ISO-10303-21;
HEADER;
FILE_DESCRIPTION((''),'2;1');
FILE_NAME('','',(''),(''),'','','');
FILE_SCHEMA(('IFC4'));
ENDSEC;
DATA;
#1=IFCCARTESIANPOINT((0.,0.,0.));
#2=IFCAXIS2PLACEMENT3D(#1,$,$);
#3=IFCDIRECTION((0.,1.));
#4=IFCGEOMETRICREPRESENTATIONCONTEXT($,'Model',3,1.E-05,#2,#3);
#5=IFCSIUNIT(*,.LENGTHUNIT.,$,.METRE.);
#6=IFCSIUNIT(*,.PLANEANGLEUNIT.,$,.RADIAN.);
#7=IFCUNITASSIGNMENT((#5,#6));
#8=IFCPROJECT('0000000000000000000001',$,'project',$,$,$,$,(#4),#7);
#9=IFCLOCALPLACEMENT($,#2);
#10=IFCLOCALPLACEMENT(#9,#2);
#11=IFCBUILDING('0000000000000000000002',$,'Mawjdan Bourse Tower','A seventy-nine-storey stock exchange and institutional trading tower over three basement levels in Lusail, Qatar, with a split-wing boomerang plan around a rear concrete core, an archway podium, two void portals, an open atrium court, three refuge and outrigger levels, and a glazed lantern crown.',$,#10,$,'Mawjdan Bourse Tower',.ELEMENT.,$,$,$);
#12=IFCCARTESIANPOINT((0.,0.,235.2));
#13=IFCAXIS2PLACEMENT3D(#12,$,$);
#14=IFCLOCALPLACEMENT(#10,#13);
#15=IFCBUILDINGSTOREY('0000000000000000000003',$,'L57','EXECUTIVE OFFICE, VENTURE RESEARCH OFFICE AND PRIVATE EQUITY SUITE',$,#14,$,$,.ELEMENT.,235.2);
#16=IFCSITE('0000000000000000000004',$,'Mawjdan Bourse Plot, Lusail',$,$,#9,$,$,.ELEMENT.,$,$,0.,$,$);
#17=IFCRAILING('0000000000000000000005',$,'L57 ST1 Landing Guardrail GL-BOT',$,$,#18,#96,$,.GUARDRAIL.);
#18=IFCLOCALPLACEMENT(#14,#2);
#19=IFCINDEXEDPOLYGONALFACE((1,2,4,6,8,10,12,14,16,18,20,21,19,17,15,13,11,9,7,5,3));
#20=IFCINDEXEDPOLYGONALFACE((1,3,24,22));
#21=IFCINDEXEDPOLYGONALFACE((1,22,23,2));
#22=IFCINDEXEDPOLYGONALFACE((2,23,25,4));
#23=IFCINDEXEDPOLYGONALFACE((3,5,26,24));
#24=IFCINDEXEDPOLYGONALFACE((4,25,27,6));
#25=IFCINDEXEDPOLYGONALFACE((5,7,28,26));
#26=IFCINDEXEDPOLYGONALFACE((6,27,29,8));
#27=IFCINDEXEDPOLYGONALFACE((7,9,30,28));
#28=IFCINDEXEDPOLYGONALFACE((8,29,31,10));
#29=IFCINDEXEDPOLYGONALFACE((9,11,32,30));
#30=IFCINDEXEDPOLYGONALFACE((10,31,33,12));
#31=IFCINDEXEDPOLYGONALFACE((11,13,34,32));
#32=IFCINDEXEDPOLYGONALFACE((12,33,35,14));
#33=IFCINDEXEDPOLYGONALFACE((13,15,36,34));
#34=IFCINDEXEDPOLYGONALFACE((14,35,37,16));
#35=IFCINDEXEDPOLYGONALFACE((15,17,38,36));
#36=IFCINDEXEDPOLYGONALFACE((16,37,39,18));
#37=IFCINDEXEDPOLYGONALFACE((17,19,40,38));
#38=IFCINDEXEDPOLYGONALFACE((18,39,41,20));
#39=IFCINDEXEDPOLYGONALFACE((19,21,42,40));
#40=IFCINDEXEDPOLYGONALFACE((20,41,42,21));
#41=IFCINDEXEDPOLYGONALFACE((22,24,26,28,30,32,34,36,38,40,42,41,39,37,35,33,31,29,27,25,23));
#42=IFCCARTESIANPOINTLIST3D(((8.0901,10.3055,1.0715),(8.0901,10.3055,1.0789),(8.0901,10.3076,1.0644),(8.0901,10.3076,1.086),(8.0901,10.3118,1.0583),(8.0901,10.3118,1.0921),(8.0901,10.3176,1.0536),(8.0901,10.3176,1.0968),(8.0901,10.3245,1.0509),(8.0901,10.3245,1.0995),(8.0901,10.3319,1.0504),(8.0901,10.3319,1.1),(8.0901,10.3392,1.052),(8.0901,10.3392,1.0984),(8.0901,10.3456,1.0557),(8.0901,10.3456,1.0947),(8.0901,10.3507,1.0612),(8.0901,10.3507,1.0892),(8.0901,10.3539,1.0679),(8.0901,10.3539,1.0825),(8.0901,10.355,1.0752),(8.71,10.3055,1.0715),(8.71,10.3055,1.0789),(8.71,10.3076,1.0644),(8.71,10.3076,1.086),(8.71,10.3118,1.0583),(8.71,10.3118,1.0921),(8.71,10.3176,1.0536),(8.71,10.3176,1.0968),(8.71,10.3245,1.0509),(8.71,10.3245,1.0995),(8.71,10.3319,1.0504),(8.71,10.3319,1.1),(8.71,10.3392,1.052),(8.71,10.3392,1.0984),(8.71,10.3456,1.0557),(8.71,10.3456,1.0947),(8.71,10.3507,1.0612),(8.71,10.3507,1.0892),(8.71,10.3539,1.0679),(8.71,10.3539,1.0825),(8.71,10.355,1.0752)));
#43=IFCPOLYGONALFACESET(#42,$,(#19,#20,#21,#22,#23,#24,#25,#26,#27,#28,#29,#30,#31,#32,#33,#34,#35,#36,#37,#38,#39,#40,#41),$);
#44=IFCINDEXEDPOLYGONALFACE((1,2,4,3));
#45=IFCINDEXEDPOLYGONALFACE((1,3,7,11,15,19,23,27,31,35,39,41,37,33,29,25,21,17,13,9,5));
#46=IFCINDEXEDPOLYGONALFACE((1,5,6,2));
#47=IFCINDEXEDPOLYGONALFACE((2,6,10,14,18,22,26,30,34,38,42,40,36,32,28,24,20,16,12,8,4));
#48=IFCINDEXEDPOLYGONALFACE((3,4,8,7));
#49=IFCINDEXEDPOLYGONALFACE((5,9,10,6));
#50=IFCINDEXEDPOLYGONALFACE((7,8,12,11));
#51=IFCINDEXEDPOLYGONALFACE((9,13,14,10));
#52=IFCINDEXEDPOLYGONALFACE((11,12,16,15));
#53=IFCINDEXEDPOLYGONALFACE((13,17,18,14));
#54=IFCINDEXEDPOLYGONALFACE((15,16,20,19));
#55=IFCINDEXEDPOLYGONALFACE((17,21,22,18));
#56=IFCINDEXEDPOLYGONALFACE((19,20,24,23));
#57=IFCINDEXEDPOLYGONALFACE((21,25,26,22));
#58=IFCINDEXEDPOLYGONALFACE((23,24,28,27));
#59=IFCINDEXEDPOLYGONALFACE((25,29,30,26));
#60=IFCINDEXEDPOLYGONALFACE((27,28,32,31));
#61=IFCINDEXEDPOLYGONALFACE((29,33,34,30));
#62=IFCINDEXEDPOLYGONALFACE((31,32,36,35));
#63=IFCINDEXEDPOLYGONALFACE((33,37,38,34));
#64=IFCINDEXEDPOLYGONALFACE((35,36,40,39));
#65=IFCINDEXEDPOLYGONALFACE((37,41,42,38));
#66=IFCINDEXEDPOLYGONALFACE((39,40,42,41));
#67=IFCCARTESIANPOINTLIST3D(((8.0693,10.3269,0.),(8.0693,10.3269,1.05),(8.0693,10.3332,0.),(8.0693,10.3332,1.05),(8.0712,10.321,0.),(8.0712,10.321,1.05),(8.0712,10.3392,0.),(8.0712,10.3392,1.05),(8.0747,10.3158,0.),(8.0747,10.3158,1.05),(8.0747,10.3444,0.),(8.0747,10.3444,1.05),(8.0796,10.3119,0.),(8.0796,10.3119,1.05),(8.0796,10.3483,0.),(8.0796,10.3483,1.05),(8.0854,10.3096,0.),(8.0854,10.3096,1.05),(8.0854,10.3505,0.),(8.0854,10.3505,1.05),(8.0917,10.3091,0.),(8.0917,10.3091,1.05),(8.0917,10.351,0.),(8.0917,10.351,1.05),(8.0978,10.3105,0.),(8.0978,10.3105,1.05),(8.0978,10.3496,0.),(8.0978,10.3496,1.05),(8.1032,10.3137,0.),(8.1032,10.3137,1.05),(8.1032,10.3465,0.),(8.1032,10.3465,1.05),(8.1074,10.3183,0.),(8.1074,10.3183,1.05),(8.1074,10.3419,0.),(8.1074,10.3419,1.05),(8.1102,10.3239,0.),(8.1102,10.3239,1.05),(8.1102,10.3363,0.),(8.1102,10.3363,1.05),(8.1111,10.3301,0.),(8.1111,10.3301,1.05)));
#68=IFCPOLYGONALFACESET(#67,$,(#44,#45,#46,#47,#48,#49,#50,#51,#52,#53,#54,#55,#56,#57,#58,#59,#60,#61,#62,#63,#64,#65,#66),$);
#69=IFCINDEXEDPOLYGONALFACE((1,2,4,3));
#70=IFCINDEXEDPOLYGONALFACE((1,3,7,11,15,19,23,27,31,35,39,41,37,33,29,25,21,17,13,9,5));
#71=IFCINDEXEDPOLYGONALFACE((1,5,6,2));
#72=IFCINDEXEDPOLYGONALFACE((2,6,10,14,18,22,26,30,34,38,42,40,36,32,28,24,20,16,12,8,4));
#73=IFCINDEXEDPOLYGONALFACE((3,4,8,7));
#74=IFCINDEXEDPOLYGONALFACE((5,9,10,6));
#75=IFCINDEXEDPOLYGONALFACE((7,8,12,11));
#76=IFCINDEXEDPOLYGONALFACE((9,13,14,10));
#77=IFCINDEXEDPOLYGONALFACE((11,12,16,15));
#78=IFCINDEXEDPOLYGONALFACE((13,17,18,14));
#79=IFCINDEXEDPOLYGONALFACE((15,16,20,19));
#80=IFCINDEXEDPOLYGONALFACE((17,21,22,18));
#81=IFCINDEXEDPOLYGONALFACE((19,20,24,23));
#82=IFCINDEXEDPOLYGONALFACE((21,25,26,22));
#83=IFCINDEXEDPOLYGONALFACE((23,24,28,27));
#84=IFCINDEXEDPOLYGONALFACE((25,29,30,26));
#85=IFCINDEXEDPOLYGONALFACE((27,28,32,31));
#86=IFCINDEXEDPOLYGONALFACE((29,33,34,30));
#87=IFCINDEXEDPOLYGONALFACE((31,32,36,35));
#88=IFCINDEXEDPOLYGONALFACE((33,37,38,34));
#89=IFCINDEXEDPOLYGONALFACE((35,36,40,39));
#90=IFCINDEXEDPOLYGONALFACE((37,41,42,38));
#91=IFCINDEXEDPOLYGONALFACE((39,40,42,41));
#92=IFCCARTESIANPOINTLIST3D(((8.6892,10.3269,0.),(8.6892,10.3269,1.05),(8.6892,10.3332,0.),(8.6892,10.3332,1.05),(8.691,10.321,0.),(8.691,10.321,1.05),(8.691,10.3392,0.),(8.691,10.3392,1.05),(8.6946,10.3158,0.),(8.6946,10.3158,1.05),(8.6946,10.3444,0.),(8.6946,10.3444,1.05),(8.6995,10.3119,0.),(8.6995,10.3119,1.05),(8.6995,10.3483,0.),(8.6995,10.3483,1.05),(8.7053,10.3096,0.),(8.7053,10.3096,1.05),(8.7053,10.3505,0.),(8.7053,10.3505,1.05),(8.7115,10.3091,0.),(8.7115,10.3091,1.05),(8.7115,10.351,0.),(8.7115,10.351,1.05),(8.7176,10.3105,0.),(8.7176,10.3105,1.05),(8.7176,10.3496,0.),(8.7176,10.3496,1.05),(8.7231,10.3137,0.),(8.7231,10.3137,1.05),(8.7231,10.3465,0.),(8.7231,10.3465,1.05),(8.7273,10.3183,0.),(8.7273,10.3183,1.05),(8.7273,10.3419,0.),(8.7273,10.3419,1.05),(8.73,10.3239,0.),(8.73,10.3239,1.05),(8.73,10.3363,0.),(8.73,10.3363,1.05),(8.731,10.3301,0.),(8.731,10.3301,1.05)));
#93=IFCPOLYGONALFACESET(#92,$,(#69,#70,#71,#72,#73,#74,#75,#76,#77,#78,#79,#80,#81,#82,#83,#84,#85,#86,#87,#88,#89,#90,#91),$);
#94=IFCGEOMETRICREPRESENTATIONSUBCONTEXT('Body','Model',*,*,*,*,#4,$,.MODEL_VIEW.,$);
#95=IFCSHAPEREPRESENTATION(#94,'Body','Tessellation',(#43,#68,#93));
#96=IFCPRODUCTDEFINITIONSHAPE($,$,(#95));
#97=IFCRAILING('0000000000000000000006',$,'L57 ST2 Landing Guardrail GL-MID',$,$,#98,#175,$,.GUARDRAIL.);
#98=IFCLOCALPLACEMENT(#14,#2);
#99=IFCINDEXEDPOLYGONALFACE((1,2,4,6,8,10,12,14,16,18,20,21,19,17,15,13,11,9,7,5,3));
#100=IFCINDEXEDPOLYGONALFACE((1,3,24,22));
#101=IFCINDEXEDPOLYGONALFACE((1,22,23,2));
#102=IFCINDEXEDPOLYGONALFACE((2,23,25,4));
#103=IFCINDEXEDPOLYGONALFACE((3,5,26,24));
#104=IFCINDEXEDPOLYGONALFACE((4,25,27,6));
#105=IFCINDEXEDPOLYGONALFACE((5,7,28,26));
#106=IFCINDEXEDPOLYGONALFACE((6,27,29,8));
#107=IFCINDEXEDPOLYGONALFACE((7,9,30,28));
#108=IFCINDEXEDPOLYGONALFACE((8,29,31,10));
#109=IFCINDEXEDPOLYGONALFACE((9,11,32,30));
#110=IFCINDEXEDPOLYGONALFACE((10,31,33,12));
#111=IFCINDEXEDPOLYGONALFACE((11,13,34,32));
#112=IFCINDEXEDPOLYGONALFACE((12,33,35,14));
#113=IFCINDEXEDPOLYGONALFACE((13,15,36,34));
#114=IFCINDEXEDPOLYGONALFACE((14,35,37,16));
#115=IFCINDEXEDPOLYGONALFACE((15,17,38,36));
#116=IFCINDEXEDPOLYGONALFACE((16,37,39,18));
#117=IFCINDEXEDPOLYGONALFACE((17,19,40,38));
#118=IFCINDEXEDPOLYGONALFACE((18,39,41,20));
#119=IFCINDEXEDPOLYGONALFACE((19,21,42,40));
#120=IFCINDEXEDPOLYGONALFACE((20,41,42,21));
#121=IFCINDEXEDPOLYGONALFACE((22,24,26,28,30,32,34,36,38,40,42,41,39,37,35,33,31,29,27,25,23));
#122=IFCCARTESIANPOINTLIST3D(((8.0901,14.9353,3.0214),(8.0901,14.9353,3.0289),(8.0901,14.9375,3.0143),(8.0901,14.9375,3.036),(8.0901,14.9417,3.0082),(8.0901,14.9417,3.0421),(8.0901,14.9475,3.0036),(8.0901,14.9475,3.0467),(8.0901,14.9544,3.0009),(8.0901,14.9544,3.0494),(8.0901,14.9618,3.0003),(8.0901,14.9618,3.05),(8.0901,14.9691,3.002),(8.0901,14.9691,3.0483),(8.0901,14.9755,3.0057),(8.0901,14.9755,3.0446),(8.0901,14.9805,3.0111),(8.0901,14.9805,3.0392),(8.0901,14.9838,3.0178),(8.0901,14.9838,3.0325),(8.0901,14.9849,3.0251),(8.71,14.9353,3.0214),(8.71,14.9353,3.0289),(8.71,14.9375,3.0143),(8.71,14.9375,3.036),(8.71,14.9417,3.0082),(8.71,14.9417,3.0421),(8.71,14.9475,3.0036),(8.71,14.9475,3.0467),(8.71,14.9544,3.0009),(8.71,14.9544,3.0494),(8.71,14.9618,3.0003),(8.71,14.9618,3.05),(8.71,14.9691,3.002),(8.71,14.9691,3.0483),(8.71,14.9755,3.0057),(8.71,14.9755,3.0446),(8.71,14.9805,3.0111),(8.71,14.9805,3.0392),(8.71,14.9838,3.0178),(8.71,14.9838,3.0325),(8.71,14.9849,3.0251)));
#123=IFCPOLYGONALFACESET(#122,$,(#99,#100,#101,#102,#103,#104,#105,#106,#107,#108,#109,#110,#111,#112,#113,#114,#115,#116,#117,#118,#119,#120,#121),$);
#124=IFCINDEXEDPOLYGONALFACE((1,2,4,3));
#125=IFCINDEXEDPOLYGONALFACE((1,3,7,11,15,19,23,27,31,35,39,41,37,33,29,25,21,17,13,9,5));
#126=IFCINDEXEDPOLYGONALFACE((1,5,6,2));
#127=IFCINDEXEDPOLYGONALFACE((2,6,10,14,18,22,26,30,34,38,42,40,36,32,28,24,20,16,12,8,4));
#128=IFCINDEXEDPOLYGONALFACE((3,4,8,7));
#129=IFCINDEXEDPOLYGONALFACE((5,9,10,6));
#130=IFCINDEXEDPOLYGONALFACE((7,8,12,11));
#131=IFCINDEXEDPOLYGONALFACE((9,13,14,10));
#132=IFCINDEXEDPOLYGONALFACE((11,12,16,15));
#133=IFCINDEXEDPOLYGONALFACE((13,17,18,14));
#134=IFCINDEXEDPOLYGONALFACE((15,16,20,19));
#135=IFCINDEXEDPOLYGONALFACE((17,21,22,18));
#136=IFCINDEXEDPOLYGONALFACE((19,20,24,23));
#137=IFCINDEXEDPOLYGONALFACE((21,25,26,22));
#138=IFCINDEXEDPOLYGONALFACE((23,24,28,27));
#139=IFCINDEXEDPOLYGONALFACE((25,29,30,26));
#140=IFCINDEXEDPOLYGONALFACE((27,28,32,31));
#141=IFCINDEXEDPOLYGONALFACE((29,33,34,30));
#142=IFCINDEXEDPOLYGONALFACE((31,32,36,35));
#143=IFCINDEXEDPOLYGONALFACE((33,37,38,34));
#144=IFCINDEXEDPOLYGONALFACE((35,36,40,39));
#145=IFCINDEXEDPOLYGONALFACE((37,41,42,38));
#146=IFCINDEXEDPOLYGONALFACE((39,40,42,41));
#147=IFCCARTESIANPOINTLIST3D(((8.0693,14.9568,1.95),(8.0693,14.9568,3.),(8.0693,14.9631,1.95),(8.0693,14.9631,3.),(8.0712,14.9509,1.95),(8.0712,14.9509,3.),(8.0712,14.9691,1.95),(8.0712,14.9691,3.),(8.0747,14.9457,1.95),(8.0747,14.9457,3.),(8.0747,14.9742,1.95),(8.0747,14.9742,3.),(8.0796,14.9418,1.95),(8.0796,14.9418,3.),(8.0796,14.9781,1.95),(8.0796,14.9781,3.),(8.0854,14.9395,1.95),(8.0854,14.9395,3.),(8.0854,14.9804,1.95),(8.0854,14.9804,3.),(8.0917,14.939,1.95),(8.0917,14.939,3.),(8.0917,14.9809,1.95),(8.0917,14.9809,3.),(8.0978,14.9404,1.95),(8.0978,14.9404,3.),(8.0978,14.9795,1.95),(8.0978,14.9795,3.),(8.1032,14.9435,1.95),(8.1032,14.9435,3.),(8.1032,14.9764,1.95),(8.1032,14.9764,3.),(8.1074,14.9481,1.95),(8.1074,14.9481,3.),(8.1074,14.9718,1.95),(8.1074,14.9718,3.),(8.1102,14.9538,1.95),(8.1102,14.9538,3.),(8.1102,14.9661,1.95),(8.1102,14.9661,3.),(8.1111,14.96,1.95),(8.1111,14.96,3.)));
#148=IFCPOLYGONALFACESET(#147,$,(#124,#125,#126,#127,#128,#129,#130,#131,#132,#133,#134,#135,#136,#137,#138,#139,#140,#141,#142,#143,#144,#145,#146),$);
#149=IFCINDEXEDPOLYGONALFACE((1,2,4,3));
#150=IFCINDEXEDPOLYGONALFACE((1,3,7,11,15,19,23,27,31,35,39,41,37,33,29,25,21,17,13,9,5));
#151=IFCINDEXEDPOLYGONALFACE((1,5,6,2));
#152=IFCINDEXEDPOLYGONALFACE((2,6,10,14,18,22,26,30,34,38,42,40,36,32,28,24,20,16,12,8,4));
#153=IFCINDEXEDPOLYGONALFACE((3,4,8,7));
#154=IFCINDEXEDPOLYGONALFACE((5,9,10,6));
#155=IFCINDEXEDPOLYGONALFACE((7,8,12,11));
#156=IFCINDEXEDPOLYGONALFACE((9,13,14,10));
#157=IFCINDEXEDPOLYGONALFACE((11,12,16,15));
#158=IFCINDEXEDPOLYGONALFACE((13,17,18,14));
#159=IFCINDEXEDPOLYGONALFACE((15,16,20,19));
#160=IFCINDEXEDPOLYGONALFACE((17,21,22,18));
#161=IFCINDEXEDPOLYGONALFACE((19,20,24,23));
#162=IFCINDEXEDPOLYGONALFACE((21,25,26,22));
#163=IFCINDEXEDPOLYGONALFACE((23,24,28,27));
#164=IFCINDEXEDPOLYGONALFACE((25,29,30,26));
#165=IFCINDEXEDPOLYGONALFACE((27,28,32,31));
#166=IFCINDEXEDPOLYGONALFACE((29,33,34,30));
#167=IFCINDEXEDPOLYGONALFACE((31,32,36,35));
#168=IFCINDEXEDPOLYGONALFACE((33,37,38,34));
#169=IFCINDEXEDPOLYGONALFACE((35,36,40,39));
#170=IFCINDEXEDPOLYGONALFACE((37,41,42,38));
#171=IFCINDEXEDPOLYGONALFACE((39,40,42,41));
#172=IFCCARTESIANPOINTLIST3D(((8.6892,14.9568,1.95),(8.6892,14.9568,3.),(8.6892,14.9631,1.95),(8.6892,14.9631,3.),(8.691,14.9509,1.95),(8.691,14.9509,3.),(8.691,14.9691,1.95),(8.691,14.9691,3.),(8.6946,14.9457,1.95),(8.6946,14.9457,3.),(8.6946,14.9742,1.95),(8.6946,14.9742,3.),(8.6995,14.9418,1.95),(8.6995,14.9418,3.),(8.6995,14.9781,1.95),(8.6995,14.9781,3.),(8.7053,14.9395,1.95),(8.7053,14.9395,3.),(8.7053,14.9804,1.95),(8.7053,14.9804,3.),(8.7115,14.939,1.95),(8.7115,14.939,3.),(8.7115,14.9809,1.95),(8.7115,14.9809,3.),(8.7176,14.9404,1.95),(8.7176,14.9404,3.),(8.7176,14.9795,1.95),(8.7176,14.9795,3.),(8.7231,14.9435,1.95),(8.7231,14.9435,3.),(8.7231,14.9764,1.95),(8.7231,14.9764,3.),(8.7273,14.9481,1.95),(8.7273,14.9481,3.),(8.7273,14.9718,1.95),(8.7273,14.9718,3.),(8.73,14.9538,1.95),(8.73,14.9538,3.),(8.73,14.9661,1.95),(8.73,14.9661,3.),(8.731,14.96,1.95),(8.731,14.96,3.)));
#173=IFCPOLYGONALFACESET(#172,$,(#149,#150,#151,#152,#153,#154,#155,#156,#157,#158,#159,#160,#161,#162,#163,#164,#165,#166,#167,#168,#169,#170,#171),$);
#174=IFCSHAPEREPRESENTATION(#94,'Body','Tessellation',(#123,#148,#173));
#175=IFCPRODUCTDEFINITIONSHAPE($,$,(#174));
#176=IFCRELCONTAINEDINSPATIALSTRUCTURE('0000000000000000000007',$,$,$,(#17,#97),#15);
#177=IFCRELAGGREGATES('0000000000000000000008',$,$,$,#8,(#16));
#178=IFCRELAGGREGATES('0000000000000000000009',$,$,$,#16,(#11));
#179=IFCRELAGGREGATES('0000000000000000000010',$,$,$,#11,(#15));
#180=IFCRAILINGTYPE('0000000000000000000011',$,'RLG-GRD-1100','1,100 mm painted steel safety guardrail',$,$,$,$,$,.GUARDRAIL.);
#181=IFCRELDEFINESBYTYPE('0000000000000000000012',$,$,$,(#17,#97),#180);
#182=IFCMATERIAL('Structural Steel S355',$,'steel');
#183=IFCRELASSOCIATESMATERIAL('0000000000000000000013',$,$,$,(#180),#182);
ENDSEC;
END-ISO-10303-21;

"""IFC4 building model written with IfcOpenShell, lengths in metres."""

from ifc_helpers import new_model, si_unit, direction, frame, origin, origin_2d, place, context, subcontext, project, spatial, circle, extrude, material, type_object, element, save


model = new_model("IFC4")

# Units and contexts
model_context = context("Model", 3, precision=1e-05, world=origin(), true_north=direction((0.0, 1.0)))
body_context = subcontext(model_context, "Body", "Model", "MODEL_VIEW")
ifc_project = project(units=[si_unit("LENGTHUNIT", "METRE"), si_unit("PLANEANGLEUNIT", "RADIAN")], contexts=[model_context])

# Site, building, storey
site_placement = place(None, origin())
site = spatial("IfcSite", under=ifc_project, at=site_placement, Name="Mawjdan Bourse Plot, Lusail", CompositionType="ELEMENT", RefElevation=0.0)
building_placement = place(site_placement, origin())
building = spatial("IfcBuilding", under=site, at=building_placement, Name="Mawjdan Bourse Tower", Description="A seventy-nine-storey stock exchange and institutional trading tower over three basement levels in Lusail, Qatar, with a split-wing boomerang plan around a rear concrete core, an archway podium, two void portals, an open atrium court, three refuge and outrigger levels, and a glazed lantern crown.", LongName="Mawjdan Bourse Tower", CompositionType="ELEMENT")
storey_placement = place(building_placement, frame((0.0, 0.0, 235.2)))
storey = spatial("IfcBuildingStorey", under=building, at=storey_placement, Name="L57", Description="EXECUTIVE OFFICE, VENTURE RESEARCH OFFICE AND PRIVATE EQUITY SUITE", CompositionType="ELEMENT", Elevation=235.2)

# Railings
ifc_material_1 = material(Name="Structural Steel S355", Category="steel")
railing_type_1 = type_object("IfcRailingType", Name="RLG-GRD-1100", Description="1,100 mm painted steel safety guardrail", PredefinedType="GUARDRAIL", material=ifc_material_1)
for number, where, name in (
    (1, (8.0901, 10.3301, 0.0), "L57 ST1 Landing Guardrail GL-BOT"),
    (2, (8.0901, 14.96, 1.95), "L57 ST2 Landing Guardrail GL-MID"),
):
    element("IfcRailing", number, at=place(storey_placement, frame(where)), inside=storey, type_object=railing_type_1, Name=name, PredefinedType="GUARDRAIL", context=body_context, shape_type="SweptSolid", body=[
        extrude(circle(Radius=0.0249, at=origin_2d()), frame((0.0, 0.0, 1.0752), z_axis=(1.0, 0.0, 0.0), x_axis=(0.0, 1.0, 0.0)), (0.0, 0.0, 1.0), 0.6199),
        extrude(circle(Radius=0.021, at=origin_2d()), origin(), (0.0, 0.0, 1.0), 1.05),
        extrude(circle(Radius=0.021, at=origin_2d()), frame((0.6199, 0.0, 0.0)), (0.0, 0.0, 1.0), 1.05),
    ])

save(model, "model.ifc")
